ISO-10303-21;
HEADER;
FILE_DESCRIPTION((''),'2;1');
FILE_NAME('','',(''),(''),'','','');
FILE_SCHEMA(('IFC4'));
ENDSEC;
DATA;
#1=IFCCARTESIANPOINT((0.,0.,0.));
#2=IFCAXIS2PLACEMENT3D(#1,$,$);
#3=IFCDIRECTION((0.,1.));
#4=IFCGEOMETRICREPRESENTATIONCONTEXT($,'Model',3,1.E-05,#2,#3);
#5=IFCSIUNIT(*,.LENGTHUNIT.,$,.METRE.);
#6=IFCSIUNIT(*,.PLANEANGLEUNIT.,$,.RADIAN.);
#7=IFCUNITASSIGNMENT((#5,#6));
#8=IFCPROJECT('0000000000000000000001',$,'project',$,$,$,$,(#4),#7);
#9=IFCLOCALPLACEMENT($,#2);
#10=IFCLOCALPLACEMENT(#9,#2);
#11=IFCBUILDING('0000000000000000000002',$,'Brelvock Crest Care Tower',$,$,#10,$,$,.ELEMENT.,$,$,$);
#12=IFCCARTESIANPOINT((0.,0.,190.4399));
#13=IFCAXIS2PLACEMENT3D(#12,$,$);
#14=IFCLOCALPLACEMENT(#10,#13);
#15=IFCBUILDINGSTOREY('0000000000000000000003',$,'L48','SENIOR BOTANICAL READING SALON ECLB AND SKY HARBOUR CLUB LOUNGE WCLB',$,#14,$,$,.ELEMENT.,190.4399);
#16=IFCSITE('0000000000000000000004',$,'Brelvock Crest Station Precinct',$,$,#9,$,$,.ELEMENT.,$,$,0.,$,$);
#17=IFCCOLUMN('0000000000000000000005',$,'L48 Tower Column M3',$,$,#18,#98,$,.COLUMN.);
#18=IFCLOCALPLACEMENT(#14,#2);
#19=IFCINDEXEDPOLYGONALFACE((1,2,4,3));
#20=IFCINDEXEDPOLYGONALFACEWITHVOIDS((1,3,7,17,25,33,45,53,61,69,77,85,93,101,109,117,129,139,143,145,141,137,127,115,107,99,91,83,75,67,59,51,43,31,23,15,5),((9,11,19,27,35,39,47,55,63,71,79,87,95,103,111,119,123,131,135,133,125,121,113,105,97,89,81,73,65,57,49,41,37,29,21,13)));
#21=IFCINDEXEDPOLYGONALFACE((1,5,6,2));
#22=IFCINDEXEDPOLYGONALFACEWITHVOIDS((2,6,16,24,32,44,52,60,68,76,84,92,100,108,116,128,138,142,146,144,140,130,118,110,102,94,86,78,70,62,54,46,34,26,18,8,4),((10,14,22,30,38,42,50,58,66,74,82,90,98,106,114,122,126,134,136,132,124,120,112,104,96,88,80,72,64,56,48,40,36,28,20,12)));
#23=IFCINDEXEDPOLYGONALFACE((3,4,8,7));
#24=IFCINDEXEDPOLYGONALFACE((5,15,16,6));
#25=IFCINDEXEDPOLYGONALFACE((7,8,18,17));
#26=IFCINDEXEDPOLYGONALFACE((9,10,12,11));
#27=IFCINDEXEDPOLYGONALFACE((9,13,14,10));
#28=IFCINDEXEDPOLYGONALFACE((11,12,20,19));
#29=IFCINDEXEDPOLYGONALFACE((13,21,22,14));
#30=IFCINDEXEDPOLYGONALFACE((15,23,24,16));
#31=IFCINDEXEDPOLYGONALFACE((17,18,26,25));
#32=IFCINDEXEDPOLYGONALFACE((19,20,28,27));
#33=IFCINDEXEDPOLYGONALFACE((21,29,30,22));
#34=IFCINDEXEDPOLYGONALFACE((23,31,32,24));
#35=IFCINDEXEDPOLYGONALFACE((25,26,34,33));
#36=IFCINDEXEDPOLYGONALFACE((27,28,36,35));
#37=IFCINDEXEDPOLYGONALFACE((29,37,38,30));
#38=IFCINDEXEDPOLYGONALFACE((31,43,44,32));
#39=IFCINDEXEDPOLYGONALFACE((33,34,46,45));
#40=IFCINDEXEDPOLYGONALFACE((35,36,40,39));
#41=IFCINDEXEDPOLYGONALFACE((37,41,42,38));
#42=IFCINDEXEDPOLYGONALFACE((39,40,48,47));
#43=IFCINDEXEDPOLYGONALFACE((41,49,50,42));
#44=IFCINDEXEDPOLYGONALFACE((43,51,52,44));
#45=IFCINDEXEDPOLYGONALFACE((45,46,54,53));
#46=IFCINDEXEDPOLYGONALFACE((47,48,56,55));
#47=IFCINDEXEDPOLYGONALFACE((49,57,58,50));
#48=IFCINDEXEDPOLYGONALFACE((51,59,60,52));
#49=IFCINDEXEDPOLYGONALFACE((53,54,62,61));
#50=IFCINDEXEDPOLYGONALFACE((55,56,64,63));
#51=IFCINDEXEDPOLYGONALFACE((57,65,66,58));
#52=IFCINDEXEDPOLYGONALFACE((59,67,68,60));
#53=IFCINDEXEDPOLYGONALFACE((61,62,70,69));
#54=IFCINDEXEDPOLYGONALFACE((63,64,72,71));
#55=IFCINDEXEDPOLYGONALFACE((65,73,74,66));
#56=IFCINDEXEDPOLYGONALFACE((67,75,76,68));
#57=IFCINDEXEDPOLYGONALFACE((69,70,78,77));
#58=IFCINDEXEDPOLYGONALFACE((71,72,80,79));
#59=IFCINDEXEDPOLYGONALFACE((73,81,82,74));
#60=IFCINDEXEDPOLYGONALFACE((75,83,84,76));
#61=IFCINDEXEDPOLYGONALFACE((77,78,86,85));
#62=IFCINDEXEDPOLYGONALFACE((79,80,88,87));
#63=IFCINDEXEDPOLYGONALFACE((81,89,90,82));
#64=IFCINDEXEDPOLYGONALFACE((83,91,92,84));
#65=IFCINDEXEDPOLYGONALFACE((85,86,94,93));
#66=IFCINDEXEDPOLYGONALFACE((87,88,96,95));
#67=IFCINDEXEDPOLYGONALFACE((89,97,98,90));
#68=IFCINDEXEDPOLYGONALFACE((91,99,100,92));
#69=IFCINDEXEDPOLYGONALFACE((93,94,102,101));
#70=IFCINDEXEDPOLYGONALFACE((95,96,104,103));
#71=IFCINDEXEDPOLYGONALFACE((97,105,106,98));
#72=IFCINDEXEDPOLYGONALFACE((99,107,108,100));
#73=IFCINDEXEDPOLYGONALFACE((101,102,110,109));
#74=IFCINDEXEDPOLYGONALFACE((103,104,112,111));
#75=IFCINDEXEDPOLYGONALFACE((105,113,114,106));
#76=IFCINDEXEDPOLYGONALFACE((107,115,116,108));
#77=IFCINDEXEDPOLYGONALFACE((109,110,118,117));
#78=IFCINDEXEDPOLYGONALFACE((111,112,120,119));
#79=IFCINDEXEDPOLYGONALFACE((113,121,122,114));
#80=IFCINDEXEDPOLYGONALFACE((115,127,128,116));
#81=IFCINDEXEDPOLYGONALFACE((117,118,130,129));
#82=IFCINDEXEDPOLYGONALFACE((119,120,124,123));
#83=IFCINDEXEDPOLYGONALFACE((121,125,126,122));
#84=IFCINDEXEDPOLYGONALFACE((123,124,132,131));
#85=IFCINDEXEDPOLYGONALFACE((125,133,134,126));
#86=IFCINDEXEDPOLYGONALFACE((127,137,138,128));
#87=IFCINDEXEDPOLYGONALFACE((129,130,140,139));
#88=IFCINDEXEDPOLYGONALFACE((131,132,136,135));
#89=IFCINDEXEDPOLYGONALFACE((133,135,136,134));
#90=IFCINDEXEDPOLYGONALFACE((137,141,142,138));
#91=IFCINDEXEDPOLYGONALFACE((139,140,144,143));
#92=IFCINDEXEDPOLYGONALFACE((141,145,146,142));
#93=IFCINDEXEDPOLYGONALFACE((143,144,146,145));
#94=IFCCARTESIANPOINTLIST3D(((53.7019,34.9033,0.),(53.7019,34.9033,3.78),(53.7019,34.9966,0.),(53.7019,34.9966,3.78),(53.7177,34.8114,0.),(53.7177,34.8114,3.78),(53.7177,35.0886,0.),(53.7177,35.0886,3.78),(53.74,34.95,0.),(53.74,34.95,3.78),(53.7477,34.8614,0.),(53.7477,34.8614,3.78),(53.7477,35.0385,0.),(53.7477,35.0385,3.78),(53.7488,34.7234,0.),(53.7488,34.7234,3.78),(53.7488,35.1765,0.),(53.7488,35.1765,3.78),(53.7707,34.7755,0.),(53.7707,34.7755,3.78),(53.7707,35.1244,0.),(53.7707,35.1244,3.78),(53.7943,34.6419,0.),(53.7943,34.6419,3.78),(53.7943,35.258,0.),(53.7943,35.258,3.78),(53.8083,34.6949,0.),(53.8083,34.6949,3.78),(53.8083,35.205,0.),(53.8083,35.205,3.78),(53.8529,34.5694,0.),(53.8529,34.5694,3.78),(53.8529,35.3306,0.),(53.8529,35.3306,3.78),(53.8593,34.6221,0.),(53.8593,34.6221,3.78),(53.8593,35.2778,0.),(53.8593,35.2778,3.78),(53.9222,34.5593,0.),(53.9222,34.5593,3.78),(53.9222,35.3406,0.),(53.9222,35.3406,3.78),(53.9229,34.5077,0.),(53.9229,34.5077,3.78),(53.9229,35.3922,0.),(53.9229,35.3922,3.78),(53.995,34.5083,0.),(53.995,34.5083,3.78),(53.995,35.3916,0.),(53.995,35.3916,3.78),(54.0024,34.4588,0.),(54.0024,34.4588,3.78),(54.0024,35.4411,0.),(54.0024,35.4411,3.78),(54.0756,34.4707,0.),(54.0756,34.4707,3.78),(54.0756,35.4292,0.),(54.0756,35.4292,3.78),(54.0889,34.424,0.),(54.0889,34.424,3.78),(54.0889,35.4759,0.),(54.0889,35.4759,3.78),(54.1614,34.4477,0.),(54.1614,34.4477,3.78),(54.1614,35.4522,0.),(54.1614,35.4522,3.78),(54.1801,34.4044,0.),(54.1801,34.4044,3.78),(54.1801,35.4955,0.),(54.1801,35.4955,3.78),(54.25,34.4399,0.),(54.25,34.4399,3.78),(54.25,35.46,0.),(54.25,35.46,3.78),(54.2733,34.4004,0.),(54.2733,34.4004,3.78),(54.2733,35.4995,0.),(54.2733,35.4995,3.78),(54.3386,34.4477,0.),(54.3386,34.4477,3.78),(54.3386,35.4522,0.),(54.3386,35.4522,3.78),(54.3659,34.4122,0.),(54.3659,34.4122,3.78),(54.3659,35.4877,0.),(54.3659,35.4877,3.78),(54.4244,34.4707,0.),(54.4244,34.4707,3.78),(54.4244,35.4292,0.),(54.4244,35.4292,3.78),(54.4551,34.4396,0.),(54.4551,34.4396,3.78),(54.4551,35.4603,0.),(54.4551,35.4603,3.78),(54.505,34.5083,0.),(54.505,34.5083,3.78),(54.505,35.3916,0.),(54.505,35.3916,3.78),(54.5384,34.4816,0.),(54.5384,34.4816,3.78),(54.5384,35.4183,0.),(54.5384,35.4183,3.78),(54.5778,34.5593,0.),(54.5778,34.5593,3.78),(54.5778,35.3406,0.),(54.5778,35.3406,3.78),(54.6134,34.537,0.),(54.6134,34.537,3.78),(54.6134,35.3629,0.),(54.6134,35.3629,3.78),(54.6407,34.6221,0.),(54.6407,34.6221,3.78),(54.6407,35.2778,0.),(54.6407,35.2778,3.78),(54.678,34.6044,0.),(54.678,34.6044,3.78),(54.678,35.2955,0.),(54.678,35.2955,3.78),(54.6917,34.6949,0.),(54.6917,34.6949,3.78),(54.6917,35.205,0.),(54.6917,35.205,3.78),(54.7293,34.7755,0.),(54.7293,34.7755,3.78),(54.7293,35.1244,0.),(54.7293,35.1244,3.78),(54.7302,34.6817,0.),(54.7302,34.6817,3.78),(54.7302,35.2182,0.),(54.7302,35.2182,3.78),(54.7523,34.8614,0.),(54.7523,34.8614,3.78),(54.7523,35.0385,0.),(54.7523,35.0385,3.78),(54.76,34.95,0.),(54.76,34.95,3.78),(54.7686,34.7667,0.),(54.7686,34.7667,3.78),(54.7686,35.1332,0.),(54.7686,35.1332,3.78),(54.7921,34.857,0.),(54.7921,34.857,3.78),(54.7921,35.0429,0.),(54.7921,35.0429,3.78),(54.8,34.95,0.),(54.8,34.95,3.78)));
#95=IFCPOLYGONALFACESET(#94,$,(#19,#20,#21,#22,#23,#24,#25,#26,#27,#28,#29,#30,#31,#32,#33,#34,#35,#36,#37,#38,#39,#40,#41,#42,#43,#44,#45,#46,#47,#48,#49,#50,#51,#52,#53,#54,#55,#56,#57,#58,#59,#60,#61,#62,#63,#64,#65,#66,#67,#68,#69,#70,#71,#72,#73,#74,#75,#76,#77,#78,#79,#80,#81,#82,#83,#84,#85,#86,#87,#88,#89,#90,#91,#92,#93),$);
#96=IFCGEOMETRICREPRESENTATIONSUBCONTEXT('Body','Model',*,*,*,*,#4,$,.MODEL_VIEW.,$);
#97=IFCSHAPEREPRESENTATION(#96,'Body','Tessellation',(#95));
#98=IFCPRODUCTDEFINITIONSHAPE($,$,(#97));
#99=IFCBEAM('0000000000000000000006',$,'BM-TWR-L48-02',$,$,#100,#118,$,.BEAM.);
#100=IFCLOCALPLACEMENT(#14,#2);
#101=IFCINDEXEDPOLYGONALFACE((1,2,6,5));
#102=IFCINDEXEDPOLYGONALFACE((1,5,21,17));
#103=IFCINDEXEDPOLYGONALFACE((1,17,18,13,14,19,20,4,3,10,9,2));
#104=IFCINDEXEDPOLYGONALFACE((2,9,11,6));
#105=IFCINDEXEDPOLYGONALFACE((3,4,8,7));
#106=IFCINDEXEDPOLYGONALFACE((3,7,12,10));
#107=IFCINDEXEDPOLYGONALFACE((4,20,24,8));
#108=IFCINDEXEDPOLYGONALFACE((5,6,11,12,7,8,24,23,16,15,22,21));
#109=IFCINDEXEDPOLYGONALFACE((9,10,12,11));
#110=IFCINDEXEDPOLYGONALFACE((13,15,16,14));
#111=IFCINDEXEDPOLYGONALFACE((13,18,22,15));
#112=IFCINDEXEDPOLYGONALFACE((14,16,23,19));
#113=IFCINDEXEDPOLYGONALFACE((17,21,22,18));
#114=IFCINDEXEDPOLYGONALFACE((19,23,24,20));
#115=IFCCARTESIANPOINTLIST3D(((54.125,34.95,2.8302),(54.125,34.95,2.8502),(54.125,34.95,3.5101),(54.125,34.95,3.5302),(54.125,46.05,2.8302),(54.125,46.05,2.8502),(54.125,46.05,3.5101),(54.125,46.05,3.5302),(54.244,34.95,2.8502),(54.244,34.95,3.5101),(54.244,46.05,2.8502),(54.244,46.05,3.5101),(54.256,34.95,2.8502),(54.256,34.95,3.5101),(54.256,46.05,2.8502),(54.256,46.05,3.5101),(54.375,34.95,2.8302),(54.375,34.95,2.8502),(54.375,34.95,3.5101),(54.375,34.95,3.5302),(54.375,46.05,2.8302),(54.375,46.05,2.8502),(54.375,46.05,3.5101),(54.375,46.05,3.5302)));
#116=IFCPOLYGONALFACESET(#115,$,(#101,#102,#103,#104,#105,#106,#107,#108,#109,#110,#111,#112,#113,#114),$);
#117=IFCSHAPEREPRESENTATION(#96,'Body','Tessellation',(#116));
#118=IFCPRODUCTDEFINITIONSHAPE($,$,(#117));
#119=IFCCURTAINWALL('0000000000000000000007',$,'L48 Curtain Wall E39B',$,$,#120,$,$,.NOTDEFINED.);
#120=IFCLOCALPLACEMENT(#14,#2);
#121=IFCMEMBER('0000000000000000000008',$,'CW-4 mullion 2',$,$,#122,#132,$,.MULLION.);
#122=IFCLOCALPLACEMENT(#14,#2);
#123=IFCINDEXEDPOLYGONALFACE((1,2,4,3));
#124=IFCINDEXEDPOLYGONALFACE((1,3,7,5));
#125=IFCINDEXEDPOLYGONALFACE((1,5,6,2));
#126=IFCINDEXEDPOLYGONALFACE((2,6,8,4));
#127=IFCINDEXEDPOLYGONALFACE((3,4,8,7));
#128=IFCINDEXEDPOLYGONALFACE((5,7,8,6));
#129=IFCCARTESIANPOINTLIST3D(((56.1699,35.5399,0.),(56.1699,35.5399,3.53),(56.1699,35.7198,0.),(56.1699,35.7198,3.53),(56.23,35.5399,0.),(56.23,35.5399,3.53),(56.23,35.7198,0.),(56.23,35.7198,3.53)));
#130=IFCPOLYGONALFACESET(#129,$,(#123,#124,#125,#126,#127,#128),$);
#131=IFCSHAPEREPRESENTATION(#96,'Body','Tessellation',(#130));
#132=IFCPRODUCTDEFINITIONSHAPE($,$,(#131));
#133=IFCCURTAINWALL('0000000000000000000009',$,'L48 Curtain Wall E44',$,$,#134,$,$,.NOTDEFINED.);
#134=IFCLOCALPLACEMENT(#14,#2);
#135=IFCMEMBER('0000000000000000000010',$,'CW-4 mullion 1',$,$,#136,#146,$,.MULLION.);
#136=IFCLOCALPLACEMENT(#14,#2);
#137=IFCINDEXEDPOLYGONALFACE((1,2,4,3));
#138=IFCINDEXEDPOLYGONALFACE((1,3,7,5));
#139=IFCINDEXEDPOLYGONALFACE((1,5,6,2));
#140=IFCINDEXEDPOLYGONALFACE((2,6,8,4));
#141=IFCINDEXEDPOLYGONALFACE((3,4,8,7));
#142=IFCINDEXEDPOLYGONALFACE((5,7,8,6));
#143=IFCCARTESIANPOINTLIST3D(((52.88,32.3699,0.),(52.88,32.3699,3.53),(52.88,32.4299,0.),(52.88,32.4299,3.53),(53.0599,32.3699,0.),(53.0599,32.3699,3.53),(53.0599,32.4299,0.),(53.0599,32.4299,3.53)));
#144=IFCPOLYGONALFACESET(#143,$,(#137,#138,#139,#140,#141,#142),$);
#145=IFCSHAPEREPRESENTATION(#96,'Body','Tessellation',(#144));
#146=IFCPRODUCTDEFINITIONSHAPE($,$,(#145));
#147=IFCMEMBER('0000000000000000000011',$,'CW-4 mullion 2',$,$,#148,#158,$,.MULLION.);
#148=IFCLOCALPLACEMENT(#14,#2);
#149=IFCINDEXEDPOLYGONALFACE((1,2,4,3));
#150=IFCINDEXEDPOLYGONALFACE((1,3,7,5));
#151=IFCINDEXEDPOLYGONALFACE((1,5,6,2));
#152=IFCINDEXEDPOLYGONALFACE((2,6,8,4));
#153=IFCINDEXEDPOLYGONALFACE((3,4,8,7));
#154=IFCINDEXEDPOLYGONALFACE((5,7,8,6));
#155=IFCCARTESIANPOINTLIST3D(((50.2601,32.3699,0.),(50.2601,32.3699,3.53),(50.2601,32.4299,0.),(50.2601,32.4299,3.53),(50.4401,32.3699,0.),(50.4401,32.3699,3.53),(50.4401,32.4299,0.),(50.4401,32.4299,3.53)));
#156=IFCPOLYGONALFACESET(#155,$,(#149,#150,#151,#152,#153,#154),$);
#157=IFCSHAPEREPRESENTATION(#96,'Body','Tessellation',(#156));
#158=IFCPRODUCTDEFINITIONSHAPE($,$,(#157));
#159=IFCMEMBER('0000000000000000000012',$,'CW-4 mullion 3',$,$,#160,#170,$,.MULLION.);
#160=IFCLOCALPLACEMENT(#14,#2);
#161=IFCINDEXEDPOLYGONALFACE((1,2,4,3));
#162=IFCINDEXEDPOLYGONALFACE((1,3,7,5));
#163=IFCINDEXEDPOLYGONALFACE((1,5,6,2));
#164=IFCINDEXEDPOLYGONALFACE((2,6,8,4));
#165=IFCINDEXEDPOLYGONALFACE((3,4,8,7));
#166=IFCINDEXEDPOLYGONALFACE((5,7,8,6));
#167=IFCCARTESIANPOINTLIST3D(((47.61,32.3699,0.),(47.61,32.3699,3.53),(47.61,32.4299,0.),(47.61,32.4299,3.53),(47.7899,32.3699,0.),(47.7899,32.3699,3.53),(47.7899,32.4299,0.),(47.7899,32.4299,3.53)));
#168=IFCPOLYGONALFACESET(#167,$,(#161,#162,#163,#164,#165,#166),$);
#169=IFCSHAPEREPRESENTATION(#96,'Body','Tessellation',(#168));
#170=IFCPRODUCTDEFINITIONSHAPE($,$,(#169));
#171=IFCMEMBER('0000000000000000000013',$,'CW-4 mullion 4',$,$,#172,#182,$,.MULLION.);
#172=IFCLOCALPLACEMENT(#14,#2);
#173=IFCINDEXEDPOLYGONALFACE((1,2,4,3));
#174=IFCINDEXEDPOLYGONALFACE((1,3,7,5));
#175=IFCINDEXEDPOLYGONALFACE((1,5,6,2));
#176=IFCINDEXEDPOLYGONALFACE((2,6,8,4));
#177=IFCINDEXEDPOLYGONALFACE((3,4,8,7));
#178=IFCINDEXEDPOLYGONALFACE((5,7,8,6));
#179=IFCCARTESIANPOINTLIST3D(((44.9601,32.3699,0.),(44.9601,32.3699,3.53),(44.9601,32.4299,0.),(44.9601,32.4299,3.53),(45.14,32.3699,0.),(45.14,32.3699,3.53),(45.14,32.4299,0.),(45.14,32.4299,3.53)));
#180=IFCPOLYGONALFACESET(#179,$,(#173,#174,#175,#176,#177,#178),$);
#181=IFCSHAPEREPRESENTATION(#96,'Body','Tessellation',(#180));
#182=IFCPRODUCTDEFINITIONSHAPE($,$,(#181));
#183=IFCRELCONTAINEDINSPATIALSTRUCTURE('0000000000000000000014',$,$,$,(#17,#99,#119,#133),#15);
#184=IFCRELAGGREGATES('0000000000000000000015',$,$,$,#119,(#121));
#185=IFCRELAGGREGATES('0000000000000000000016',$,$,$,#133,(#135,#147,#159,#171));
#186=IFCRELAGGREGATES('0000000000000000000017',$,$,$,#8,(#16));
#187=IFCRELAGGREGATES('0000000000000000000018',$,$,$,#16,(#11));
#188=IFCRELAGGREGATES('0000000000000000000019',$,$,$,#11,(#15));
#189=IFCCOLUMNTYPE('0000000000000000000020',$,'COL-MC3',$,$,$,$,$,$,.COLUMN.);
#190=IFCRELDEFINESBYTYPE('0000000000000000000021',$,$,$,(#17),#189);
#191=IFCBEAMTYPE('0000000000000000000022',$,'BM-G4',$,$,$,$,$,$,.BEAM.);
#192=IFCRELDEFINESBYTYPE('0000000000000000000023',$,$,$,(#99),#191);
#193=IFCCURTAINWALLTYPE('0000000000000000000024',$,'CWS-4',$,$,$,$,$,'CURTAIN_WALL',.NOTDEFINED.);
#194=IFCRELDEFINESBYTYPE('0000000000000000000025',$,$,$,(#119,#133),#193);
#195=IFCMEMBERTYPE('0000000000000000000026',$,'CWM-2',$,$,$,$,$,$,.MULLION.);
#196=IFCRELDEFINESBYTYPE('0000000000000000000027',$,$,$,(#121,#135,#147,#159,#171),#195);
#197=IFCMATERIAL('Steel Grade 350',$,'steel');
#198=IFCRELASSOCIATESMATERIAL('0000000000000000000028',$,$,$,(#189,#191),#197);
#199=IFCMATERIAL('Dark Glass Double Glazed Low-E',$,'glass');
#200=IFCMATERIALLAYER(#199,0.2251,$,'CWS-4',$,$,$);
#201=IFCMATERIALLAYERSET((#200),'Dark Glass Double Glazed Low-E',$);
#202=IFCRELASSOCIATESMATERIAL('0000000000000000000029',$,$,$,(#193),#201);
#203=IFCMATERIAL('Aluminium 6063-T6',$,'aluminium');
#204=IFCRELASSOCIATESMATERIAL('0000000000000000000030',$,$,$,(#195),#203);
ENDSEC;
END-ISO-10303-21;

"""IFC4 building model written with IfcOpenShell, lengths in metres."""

from ifc_helpers import new_model, si_unit, direction, frame, origin, origin_2d, place, context, subcontext, project, spatial, rectangle, hollow_circle, i_section, extrude, source, transform, mapped, material, layer, layer_set, material_profile, profile_set, type_object, element, aggregate, save


model = new_model("IFC4")

# Units and contexts
model_context = context("Model", 3, precision=1e-05, world=origin(), true_north=direction((0.0, 1.0)))
body_context = subcontext(model_context, "Body", "Model", "MODEL_VIEW")
ifc_project = project(units=[si_unit("LENGTHUNIT", "METRE"), si_unit("PLANEANGLEUNIT", "RADIAN")], contexts=[model_context])

# Site, building, storey
site_placement = place(None, origin())
site = spatial("IfcSite", under=ifc_project, at=site_placement, Name="Brelvock Crest Station Precinct", CompositionType="ELEMENT", RefElevation=0.0)
building_placement = place(site_placement, origin())
building = spatial("IfcBuilding", under=site, at=building_placement, Name="Brelvock Crest Care Tower", CompositionType="ELEMENT")
storey_placement = place(building_placement, frame((0.0, 0.0, 190.4399)))
storey = spatial("IfcBuildingStorey", under=building, at=storey_placement, Name="L48", Description="SENIOR BOTANICAL READING SALON ECLB AND SKY HARBOUR CLUB LOUNGE WCLB", CompositionType="ELEMENT", Elevation=190.4399)

# Column
ifc_material_1 = material(Name="Steel Grade 350", Category="steel")
ifc_material_profile_1 = material_profile(ifc_material_1, hollow_circle(Radius=0.55, WallThickness=0.04, at=origin_2d()), Name="CFT1100x40")
ifc_profile_set_1 = profile_set([ifc_material_profile_1], Name="Steel Grade 350")
column_type = type_object("IfcColumnType", Name="COL-MC3", PredefinedType="COLUMN", material=ifc_profile_set_1)
shared_shape_1 = source(origin(), body_context, "Body", "SweptSolid", [
    extrude(hollow_circle(Radius=0.55, WallThickness=0.04, at=origin_2d()), origin(), (0.0, 0.0, 1.0), 3.78),
])
column_placement = place(storey_placement, frame((54.25, 34.95, 0.0), z_axis=(0.0, 0.0, 1.0), x_axis=(1.0, 0.0, 0.0)))
element("IfcColumn", 1, at=column_placement, inside=storey, type_object=column_type, Name="L48 Tower Column M3", PredefinedType="COLUMN", context=body_context, shape_type="MappedRepresentation", body=[
    mapped(shared_shape_1, transform((0.0, 0.0, 0.0), x_axis=(1.0, 0.0, 0.0), y_axis=(0.0, 1.0, 0.0), z_axis=(0.0, 0.0, 1.0), scale=1.0)),
])

# Beam
ifc_material_profile_2 = material_profile(ifc_material_1, i_section(OverallWidth=0.25, OverallDepth=0.7, WebThickness=0.012, FlangeThickness=0.02, at=origin_2d()), Name="700WB150")
ifc_profile_set_2 = profile_set([ifc_material_profile_2], Name="Steel Grade 350")
beam_type = type_object("IfcBeamType", Name="BM-G4", PredefinedType="BEAM", material=ifc_profile_set_2)
shared_shape_2 = source(origin(), body_context, "Body", "SweptSolid", [
    extrude(i_section(OverallWidth=0.25, OverallDepth=0.7, WebThickness=0.012, FlangeThickness=0.02, at=origin_2d()), origin(), (0.0, 0.0, 1.0), 11.1001),
])
beam_placement = place(storey_placement, frame((54.25, 34.95, 3.1802), z_axis=(0.0, 1.0, 0.0), x_axis=(-1.0, 0.0, 0.0)))
element("IfcBeam", 2, at=beam_placement, inside=storey, type_object=beam_type, Name="BM-TWR-L48-02", PredefinedType="BEAM", context=body_context, shape_type="MappedRepresentation", body=[
    mapped(shared_shape_2, transform((0.0, 0.0, 0.0), x_axis=(1.0, 0.0, 0.0), y_axis=(0.0, 1.0, 0.0), z_axis=(0.0, 0.0, 1.0), scale=1.0)),
])

# Curtain wall, member
ifc_material_2 = material(Name="Dark Glass Double Glazed Low-E", Category="glass")
ifc_layer_1 = layer(ifc_material_2, 0.2251, Name="CWS-4")
ifc_layer_set_1 = layer_set([ifc_layer_1], Name="Dark Glass Double Glazed Low-E")
curtain_wall_type = type_object("IfcCurtainWallType", Name="CWS-4", ElementType="CURTAIN_WALL", PredefinedType="NOTDEFINED", material=ifc_layer_set_1)
curtain_wall_1_placement = place(storey_placement, origin())
curtain_wall_1 = element("IfcCurtainWall", 3, at=curtain_wall_1_placement, inside=storey, type_object=curtain_wall_type, Name="L48 Curtain Wall E39B", PredefinedType="NOTDEFINED")
ifc_material_3 = material(Name="Aluminium 6063-T6", Category="aluminium")
ifc_material_profile_3 = material_profile(ifc_material_3, rectangle(XDim=0.0601, YDim=0.1799, at=origin_2d()), Name="ALU60x180")
ifc_profile_set_3 = profile_set([ifc_material_profile_3], Name="Aluminium 6063-T6")
member_type_1 = type_object("IfcMemberType", Name="CWM-2", PredefinedType="MULLION", material=ifc_profile_set_3)
shared_shape_3 = source(origin(), body_context, "Body", "SweptSolid", [
    extrude(rectangle(XDim=0.0601, YDim=0.1799, at=origin_2d()), origin(), (0.0, 0.0, 1.0), 3.53),
])
member_1_placement = place(storey_placement, frame((56.2, 35.6299, 0.0), z_axis=(0.0, 0.0, 1.0), x_axis=(1.0, 0.0, 0.0)))
member_1 = element("IfcMember", 4, at=member_1_placement, type_object=member_type_1, Name="CW-4 mullion 2", PredefinedType="MULLION", context=body_context, shape_type="MappedRepresentation", body=[
    mapped(shared_shape_3, transform((0.0, 0.0, 0.0), x_axis=(1.0, 0.0, 0.0), y_axis=(0.0, 1.0, 0.0), z_axis=(0.0, 0.0, 1.0), scale=1.0)),
])
aggregate(curtain_wall_1, [member_1])

# Curtain wall, members
curtain_wall_2_placement = place(storey_placement, origin())
curtain_wall_2 = element("IfcCurtainWall", 5, at=curtain_wall_2_placement, inside=storey, type_object=curtain_wall_type, Name="L48 Curtain Wall E44", PredefinedType="NOTDEFINED")
member_2_placement = place(storey_placement, frame((52.97, 32.3999, 0.0), z_axis=(0.0, 0.0, 1.0), x_axis=(0.0, -1.0, 0.0)))
member_2 = element("IfcMember", 6, at=member_2_placement, type_object=member_type_1, Name="CW-4 mullion 1", PredefinedType="MULLION", context=body_context, shape_type="MappedRepresentation", body=[
    mapped(shared_shape_3, transform((0.0, 0.0, 0.0), x_axis=(1.0, 0.0, 0.0), y_axis=(0.0, 1.0, 0.0), z_axis=(0.0, 0.0, 1.0), scale=1.0)),
])
member_3_placement = place(storey_placement, frame((50.3501, 32.3999, 0.0), z_axis=(0.0, 0.0, 1.0), x_axis=(0.0, -1.0, 0.0)))
member_3 = element("IfcMember", 7, at=member_3_placement, type_object=member_type_1, Name="CW-4 mullion 2", PredefinedType="MULLION", context=body_context, shape_type="MappedRepresentation", body=[
    mapped(shared_shape_3, transform((0.0, 0.0, 0.0), x_axis=(1.0, 0.0, 0.0), y_axis=(0.0, 1.0, 0.0), z_axis=(0.0, 0.0, 1.0), scale=1.0)),
])
member_4_placement = place(storey_placement, frame((47.7, 32.3999, 0.0), z_axis=(0.0, 0.0, 1.0), x_axis=(0.0, -1.0, 0.0)))
member_4 = element("IfcMember", 8, at=member_4_placement, type_object=member_type_1, Name="CW-4 mullion 3", PredefinedType="MULLION", context=body_context, shape_type="MappedRepresentation", body=[
    mapped(shared_shape_3, transform((0.0, 0.0, 0.0), x_axis=(1.0, 0.0, 0.0), y_axis=(0.0, 1.0, 0.0), z_axis=(0.0, 0.0, 1.0), scale=1.0)),
])
member_5_placement = place(storey_placement, frame((45.05, 32.3999, 0.0), z_axis=(0.0, 0.0, 1.0), x_axis=(0.0, -1.0, 0.0)))
member_5 = element("IfcMember", 9, at=member_5_placement, type_object=member_type_1, Name="CW-4 mullion 4", PredefinedType="MULLION", context=body_context, shape_type="MappedRepresentation", body=[
    mapped(shared_shape_3, transform((0.0, 0.0, 0.0), x_axis=(1.0, 0.0, 0.0), y_axis=(0.0, 1.0, 0.0), z_axis=(0.0, 0.0, 1.0), scale=1.0)),
])
aggregate(curtain_wall_2, [member_2, member_3, member_4, member_5])

save(model, "model.ifc")
